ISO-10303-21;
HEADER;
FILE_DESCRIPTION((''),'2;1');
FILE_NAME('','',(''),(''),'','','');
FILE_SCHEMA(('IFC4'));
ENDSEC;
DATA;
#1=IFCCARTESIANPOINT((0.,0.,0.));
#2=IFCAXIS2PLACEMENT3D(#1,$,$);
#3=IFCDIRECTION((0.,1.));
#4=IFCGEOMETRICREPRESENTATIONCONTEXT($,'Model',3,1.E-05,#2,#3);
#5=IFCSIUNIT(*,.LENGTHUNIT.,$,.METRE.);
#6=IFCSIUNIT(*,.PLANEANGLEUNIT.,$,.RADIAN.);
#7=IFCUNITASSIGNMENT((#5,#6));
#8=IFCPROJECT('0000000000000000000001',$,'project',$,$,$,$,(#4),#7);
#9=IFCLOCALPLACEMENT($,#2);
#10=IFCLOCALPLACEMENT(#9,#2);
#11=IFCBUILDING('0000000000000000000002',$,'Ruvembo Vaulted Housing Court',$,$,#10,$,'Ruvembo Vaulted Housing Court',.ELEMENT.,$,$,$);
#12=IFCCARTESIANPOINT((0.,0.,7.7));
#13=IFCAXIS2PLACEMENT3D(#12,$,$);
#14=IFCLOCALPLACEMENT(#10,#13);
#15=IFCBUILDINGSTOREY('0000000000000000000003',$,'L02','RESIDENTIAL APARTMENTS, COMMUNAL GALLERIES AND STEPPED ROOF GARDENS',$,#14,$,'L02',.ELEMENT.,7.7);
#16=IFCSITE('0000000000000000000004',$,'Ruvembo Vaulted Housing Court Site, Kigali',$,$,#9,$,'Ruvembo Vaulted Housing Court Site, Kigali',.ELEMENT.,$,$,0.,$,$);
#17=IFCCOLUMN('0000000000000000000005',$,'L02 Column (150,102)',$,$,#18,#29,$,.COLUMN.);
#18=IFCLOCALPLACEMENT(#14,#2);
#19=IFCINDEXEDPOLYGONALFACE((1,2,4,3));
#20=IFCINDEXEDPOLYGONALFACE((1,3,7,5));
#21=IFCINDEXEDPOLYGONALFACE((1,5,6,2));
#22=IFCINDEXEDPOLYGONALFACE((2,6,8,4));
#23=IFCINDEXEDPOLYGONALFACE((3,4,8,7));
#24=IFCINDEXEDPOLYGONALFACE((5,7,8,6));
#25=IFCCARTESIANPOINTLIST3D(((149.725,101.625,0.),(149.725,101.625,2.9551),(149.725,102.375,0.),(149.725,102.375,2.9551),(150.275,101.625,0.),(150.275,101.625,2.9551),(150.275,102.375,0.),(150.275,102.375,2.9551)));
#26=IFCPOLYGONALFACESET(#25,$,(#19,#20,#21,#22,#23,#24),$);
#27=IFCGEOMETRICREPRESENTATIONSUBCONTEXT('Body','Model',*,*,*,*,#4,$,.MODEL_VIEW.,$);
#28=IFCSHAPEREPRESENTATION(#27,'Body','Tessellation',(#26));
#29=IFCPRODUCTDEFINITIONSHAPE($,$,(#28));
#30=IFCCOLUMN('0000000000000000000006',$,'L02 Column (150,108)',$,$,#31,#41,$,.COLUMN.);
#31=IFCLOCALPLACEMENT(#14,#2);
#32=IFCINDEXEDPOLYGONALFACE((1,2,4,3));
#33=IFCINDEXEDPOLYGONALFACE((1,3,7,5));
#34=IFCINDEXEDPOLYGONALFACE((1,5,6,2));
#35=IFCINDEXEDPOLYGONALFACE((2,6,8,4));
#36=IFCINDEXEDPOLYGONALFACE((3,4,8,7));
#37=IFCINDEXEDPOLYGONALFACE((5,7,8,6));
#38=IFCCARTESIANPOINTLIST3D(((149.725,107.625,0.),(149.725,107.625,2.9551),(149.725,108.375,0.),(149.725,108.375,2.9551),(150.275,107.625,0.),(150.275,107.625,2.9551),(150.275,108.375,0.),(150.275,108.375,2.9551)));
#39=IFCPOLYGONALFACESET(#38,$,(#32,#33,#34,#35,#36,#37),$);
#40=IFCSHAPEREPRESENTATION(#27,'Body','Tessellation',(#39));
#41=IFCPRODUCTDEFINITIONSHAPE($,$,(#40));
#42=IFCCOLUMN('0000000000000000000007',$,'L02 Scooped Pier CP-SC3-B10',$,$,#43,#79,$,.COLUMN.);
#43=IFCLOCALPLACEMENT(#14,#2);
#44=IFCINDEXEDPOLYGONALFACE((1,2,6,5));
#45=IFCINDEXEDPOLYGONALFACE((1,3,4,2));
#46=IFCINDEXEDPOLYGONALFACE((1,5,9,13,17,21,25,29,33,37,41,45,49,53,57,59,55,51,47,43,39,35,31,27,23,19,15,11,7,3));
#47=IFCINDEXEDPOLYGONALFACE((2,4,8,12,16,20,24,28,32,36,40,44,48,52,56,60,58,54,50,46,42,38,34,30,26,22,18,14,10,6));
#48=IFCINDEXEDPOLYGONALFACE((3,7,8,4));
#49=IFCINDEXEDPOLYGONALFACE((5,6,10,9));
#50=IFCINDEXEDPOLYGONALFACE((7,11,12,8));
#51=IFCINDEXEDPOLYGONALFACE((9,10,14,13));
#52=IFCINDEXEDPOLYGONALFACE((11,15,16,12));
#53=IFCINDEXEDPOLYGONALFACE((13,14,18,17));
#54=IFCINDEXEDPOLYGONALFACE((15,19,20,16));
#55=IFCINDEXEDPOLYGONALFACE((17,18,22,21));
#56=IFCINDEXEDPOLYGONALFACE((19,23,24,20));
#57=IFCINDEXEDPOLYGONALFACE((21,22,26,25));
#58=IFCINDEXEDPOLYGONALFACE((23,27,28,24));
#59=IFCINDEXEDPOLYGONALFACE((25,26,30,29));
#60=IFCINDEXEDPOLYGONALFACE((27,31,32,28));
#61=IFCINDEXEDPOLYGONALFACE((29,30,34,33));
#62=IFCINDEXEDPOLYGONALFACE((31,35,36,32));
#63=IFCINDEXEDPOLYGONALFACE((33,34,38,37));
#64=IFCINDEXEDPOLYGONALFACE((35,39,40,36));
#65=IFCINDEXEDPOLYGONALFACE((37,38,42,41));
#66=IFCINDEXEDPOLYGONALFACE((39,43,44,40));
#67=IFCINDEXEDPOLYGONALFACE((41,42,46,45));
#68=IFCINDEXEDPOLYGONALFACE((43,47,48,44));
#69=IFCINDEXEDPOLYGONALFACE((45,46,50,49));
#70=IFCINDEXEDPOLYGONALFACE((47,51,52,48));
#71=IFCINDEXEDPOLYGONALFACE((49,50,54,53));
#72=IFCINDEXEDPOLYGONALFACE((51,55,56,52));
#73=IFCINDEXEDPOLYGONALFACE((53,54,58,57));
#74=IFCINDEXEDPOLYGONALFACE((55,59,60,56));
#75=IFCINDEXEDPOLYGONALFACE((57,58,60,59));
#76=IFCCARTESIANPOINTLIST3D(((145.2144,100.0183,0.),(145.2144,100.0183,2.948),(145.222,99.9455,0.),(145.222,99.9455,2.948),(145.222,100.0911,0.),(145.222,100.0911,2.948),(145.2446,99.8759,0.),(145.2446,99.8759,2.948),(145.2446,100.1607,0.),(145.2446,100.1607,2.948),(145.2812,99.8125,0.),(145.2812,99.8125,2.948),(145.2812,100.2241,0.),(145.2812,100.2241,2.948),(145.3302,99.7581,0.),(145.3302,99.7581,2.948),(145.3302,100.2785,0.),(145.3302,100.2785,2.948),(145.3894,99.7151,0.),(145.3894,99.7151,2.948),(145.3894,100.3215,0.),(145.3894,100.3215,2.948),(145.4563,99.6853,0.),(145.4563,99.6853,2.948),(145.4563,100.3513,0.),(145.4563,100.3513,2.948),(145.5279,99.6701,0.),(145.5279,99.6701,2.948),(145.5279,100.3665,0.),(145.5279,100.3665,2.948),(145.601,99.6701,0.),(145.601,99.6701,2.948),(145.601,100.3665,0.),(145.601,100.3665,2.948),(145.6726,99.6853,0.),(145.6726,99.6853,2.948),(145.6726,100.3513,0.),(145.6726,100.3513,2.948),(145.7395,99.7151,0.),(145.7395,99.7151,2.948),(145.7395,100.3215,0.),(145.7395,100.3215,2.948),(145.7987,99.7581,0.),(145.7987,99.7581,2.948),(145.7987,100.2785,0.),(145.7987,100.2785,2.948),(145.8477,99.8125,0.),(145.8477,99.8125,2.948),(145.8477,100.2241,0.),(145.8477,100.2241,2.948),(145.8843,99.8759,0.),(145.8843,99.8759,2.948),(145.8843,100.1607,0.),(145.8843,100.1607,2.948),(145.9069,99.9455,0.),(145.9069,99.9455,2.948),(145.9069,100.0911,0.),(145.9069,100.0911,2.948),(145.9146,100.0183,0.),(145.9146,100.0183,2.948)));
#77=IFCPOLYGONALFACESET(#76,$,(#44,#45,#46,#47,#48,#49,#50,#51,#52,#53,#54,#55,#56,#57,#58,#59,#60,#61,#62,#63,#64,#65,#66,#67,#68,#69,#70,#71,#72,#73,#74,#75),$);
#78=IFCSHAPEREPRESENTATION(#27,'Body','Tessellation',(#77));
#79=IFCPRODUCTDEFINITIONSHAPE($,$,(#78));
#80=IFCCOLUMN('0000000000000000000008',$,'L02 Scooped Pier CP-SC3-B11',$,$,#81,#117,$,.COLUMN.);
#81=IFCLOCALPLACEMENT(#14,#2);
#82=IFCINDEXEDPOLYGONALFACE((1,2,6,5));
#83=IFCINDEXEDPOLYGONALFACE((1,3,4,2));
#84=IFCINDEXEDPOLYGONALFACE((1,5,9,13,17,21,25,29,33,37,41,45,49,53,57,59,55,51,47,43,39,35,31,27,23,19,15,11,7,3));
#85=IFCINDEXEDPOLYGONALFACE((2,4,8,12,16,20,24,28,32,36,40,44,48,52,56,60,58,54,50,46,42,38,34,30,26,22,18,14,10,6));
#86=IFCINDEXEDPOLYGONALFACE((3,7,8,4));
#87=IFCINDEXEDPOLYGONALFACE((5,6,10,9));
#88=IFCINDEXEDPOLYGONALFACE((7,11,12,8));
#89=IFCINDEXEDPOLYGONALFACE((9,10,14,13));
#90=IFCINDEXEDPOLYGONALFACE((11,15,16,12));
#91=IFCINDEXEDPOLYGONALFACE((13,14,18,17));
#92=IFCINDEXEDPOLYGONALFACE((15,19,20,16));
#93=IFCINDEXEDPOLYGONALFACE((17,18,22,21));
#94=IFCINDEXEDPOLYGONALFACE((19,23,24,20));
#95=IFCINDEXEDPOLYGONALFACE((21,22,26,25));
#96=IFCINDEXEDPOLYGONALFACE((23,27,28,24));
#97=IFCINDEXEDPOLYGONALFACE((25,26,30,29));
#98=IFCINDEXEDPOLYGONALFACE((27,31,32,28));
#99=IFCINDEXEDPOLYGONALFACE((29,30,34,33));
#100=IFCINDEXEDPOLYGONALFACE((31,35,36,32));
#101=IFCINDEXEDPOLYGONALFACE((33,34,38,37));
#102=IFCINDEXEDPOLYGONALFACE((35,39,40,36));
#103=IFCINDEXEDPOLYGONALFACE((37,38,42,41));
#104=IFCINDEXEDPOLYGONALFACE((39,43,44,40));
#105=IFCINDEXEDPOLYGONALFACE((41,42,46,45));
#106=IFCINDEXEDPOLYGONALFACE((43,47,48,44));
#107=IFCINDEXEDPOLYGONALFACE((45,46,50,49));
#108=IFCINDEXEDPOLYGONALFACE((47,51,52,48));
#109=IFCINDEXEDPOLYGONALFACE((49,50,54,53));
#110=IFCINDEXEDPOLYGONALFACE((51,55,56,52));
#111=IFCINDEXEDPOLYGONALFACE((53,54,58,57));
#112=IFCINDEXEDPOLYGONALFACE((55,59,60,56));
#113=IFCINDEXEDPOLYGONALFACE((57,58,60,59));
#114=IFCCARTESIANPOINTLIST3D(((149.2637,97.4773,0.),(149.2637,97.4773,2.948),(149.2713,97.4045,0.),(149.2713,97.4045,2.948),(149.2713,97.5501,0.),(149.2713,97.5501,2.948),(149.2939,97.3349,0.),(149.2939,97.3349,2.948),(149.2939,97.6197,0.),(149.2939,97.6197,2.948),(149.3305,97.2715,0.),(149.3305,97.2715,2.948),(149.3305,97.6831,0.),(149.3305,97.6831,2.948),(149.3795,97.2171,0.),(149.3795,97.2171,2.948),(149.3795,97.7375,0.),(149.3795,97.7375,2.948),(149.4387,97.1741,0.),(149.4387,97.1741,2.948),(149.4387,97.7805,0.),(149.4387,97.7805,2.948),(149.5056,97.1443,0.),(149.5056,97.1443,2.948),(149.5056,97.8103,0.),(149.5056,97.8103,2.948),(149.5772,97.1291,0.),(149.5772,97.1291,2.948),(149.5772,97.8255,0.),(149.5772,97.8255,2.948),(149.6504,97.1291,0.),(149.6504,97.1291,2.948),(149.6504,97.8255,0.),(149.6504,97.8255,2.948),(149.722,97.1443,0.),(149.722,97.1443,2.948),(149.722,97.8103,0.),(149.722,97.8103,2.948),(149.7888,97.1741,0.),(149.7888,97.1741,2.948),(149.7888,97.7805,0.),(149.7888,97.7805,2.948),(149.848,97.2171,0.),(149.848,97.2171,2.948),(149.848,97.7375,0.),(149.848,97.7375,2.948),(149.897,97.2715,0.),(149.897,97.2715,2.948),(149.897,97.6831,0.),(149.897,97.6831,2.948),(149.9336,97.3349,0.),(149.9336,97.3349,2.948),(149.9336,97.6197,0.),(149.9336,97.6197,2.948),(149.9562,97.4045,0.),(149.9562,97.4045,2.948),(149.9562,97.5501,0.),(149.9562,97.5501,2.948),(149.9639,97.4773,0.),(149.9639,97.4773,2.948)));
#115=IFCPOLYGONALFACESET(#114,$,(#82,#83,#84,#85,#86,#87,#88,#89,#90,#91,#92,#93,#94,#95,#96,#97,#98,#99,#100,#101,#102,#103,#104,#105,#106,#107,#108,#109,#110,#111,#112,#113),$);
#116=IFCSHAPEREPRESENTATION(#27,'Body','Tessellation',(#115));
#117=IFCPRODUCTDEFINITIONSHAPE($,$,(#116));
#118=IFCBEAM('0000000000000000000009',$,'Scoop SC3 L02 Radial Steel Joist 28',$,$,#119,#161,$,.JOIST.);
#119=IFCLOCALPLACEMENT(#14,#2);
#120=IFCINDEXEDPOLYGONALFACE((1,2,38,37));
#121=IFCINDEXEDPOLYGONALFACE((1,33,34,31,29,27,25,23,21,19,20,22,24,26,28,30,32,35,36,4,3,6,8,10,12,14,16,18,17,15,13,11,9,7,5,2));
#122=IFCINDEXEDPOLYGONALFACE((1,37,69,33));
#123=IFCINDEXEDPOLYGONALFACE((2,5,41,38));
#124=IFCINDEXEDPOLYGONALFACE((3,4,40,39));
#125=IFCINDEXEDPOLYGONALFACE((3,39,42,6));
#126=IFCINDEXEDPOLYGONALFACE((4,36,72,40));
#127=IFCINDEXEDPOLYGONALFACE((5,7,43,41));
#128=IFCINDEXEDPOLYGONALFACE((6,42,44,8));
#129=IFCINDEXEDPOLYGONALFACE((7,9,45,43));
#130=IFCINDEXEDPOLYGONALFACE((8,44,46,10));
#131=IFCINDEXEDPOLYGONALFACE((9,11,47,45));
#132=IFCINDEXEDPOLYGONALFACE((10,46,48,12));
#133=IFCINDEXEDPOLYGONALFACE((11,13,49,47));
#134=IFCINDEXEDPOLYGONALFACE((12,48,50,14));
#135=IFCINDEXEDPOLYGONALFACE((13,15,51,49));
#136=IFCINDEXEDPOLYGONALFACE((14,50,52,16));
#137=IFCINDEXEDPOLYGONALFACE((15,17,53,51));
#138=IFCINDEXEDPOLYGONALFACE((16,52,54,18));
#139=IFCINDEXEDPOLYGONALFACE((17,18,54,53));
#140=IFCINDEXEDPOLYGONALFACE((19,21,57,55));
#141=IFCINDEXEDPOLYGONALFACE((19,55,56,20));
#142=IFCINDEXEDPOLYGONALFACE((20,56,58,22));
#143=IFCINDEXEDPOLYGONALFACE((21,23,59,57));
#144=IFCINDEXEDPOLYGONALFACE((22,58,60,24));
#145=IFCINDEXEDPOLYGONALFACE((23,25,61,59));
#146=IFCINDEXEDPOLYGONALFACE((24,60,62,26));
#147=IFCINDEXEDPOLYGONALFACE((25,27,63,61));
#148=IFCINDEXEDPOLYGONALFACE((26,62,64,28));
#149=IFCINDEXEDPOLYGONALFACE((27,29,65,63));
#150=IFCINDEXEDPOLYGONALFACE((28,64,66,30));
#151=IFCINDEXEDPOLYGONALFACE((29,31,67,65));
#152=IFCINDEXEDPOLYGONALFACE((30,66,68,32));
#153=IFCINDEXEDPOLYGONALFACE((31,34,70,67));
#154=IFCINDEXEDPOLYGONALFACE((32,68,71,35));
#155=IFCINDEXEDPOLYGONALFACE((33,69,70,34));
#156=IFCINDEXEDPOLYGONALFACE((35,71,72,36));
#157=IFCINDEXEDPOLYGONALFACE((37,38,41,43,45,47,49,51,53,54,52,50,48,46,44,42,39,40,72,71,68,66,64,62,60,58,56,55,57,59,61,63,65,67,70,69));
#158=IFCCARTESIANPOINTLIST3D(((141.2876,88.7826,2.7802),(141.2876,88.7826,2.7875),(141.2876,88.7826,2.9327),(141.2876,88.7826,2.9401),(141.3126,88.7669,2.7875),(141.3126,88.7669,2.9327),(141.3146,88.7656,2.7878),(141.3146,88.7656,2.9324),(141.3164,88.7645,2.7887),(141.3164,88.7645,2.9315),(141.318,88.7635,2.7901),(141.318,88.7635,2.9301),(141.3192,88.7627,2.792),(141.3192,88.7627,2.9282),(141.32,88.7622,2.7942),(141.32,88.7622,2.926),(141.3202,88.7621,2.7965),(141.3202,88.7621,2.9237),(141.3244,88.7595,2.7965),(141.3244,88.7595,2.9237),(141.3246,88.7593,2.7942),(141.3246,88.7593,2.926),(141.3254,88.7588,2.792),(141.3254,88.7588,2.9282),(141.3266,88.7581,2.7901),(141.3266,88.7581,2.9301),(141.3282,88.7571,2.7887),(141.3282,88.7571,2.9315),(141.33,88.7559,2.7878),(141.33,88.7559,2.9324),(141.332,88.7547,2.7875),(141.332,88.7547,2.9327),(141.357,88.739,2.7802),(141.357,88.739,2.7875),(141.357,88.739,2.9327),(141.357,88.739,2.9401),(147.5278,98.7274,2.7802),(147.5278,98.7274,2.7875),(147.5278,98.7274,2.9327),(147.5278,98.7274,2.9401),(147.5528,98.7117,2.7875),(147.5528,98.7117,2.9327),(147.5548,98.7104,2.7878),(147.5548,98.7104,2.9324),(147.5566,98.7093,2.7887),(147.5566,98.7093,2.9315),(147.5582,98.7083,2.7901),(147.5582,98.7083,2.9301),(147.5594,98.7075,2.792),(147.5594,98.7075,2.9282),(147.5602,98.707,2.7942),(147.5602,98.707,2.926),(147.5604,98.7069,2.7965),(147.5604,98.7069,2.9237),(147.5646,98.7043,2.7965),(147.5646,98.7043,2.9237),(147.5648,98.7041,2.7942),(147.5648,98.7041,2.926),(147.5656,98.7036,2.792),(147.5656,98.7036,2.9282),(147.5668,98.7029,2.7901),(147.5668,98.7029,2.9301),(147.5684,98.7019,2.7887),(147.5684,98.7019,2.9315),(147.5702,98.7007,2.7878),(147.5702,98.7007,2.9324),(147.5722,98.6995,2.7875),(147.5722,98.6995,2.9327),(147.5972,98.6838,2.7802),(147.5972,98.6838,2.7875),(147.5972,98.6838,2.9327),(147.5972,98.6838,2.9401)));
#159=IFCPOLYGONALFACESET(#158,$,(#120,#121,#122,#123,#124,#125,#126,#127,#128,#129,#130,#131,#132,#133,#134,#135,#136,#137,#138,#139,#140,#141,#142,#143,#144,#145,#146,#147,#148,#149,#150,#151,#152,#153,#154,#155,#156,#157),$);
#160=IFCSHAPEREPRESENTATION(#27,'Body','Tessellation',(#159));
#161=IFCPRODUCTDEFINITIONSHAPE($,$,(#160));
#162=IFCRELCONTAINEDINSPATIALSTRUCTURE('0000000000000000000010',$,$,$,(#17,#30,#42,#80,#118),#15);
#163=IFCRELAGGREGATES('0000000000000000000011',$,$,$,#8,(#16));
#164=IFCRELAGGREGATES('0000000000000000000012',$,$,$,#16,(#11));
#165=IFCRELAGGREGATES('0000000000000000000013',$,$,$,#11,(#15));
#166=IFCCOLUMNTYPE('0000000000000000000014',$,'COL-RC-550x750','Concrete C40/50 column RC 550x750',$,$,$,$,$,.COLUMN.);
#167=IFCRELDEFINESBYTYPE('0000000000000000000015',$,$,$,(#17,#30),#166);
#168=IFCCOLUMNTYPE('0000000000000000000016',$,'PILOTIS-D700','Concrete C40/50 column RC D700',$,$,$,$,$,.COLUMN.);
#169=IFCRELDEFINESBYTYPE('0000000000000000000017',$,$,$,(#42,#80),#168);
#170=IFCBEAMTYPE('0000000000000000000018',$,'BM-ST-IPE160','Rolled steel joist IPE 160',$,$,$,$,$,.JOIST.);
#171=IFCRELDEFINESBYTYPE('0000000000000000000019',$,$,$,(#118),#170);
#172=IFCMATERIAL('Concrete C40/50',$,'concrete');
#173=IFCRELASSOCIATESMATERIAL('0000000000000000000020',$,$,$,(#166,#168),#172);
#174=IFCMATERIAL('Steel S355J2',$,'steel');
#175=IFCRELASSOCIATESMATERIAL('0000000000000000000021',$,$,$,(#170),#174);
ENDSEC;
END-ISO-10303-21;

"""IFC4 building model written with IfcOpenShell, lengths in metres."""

from ifc_helpers import new_model, si_unit, direction, frame, origin, origin_2d, place, context, subcontext, project, spatial, rectangle, circle, i_section, extrude, material, material_profile, profile_set, type_object, element, save


model = new_model("IFC4")

# Units and contexts
model_context = context("Model", 3, precision=1e-05, world=origin(), true_north=direction((0.0, 1.0)))
body_context = subcontext(model_context, "Body", "Model", "MODEL_VIEW")
ifc_project = project(units=[si_unit("LENGTHUNIT", "METRE"), si_unit("PLANEANGLEUNIT", "RADIAN")], contexts=[model_context])

# Site, building, storey
site_placement = place(None, origin())
site = spatial("IfcSite", under=ifc_project, at=site_placement, Name="Ruvembo Vaulted Housing Court Site, Kigali", LongName="Ruvembo Vaulted Housing Court Site, Kigali", CompositionType="ELEMENT", RefElevation=0.0)
building_placement = place(site_placement, origin())
building = spatial("IfcBuilding", under=site, at=building_placement, Name="Ruvembo Vaulted Housing Court", LongName="Ruvembo Vaulted Housing Court", CompositionType="ELEMENT")
storey_placement = place(building_placement, frame((0.0, 0.0, 7.7)))
storey = spatial("IfcBuildingStorey", under=building, at=storey_placement, Name="L02", Description="RESIDENTIAL APARTMENTS, COMMUNAL GALLERIES AND STEPPED ROOF GARDENS", LongName="L02", CompositionType="ELEMENT", Elevation=7.7)

# Columns
ifc_material_1 = material(Name="Concrete C40/50", Category="concrete")
ifc_material_profile_1 = material_profile(ifc_material_1, rectangle(XDim=0.55, YDim=0.75, at=origin_2d()), Name="RC 550x750")
ifc_profile_set_1 = profile_set([ifc_material_profile_1], Name="Concrete C40/50")
column_type_1 = type_object("IfcColumnType", Name="COL-RC-550x750", Description="Concrete C40/50 column RC 550x750", PredefinedType="COLUMN", material=ifc_profile_set_1)
for number, where, z_axis, x_axis, name in (
    (1, (150.0, 102.0, 0.0), (0.0, 0.0, 1.0), (1.0, 0.0, 0.0), "L02 Column (150,102)"),
    (2, (150.0, 108.0, 0.0), (0.0, 0.0, 1.0), (1.0, 0.0, 0.0), "L02 Column (150,108)"),
):
    element("IfcColumn", number, at=place(storey_placement, frame(where, z_axis=z_axis, x_axis=x_axis)), inside=storey, type_object=column_type_1, Name=name, PredefinedType="COLUMN", context=body_context, shape_type="SweptSolid", body=[
        extrude(rectangle(XDim=0.55, YDim=0.75, at=origin_2d()), origin(), (0.0, 0.0, 1.0), 2.9551),
    ])
ifc_material_profile_2 = material_profile(ifc_material_1, circle(Radius=0.3501, at=origin_2d()), Name="RC D700")
ifc_profile_set_2 = profile_set([ifc_material_profile_2], Name="Concrete C40/50")
column_type_2 = type_object("IfcColumnType", Name="PILOTIS-D700", Description="Concrete C40/50 column RC D700", PredefinedType="COLUMN", material=ifc_profile_set_2)
for number, where, z_axis, x_axis, name in (
    (3, (145.5645, 100.0183, 0.0), (0.0, 0.0, 1.0), (1.0, 0.0, 0.0), "L02 Scooped Pier CP-SC3-B10"),
    (4, (149.6138, 97.4773, 0.0), (0.0, 0.0, 1.0), (1.0, 0.0, 0.0), "L02 Scooped Pier CP-SC3-B11"),
):
    element("IfcColumn", number, at=place(storey_placement, frame(where, z_axis=z_axis, x_axis=x_axis)), inside=storey, type_object=column_type_2, Name=name, PredefinedType="COLUMN", context=body_context, shape_type="SweptSolid", body=[
        extrude(circle(Radius=0.3501, at=origin_2d()), origin(), (0.0, 0.0, 1.0), 2.948),
    ])

# Beam
ifc_material_2 = material(Name="Steel S355J2", Category="steel")
ifc_material_profile_3 = material_profile(ifc_material_2, i_section(OverallWidth=0.082, OverallDepth=0.1599, WebThickness=0.0049, FlangeThickness=0.0073, FilletRadius=0.009, at=origin_2d()), Name="IPE 160")
ifc_profile_set_3 = profile_set([ifc_material_profile_3], Name="Steel S355J2")
beam_type_1 = type_object("IfcBeamType", Name="BM-ST-IPE160", Description="Rolled steel joist IPE 160", PredefinedType="JOIST", material=ifc_profile_set_3)
beam_1_placement = place(storey_placement, frame((147.5625, 98.7056, 2.8601), z_axis=(-0.531512, -0.847051, 0.0), x_axis=(0.847051, -0.531512, 0.0)))
element("IfcBeam", 5, at=beam_1_placement, inside=storey, type_object=beam_type_1, Name="Scoop SC3 L02 Radial Steel Joist 28", PredefinedType="JOIST", context=body_context, shape_type="SweptSolid", body=[
    extrude(i_section(OverallWidth=0.082, OverallDepth=0.1599, WebThickness=0.0049, FlangeThickness=0.0073, FilletRadius=0.009, at=origin_2d()), origin(), (0.0, 0.0, 1.0), 11.7405),
])

save(model, "model.ifc")
